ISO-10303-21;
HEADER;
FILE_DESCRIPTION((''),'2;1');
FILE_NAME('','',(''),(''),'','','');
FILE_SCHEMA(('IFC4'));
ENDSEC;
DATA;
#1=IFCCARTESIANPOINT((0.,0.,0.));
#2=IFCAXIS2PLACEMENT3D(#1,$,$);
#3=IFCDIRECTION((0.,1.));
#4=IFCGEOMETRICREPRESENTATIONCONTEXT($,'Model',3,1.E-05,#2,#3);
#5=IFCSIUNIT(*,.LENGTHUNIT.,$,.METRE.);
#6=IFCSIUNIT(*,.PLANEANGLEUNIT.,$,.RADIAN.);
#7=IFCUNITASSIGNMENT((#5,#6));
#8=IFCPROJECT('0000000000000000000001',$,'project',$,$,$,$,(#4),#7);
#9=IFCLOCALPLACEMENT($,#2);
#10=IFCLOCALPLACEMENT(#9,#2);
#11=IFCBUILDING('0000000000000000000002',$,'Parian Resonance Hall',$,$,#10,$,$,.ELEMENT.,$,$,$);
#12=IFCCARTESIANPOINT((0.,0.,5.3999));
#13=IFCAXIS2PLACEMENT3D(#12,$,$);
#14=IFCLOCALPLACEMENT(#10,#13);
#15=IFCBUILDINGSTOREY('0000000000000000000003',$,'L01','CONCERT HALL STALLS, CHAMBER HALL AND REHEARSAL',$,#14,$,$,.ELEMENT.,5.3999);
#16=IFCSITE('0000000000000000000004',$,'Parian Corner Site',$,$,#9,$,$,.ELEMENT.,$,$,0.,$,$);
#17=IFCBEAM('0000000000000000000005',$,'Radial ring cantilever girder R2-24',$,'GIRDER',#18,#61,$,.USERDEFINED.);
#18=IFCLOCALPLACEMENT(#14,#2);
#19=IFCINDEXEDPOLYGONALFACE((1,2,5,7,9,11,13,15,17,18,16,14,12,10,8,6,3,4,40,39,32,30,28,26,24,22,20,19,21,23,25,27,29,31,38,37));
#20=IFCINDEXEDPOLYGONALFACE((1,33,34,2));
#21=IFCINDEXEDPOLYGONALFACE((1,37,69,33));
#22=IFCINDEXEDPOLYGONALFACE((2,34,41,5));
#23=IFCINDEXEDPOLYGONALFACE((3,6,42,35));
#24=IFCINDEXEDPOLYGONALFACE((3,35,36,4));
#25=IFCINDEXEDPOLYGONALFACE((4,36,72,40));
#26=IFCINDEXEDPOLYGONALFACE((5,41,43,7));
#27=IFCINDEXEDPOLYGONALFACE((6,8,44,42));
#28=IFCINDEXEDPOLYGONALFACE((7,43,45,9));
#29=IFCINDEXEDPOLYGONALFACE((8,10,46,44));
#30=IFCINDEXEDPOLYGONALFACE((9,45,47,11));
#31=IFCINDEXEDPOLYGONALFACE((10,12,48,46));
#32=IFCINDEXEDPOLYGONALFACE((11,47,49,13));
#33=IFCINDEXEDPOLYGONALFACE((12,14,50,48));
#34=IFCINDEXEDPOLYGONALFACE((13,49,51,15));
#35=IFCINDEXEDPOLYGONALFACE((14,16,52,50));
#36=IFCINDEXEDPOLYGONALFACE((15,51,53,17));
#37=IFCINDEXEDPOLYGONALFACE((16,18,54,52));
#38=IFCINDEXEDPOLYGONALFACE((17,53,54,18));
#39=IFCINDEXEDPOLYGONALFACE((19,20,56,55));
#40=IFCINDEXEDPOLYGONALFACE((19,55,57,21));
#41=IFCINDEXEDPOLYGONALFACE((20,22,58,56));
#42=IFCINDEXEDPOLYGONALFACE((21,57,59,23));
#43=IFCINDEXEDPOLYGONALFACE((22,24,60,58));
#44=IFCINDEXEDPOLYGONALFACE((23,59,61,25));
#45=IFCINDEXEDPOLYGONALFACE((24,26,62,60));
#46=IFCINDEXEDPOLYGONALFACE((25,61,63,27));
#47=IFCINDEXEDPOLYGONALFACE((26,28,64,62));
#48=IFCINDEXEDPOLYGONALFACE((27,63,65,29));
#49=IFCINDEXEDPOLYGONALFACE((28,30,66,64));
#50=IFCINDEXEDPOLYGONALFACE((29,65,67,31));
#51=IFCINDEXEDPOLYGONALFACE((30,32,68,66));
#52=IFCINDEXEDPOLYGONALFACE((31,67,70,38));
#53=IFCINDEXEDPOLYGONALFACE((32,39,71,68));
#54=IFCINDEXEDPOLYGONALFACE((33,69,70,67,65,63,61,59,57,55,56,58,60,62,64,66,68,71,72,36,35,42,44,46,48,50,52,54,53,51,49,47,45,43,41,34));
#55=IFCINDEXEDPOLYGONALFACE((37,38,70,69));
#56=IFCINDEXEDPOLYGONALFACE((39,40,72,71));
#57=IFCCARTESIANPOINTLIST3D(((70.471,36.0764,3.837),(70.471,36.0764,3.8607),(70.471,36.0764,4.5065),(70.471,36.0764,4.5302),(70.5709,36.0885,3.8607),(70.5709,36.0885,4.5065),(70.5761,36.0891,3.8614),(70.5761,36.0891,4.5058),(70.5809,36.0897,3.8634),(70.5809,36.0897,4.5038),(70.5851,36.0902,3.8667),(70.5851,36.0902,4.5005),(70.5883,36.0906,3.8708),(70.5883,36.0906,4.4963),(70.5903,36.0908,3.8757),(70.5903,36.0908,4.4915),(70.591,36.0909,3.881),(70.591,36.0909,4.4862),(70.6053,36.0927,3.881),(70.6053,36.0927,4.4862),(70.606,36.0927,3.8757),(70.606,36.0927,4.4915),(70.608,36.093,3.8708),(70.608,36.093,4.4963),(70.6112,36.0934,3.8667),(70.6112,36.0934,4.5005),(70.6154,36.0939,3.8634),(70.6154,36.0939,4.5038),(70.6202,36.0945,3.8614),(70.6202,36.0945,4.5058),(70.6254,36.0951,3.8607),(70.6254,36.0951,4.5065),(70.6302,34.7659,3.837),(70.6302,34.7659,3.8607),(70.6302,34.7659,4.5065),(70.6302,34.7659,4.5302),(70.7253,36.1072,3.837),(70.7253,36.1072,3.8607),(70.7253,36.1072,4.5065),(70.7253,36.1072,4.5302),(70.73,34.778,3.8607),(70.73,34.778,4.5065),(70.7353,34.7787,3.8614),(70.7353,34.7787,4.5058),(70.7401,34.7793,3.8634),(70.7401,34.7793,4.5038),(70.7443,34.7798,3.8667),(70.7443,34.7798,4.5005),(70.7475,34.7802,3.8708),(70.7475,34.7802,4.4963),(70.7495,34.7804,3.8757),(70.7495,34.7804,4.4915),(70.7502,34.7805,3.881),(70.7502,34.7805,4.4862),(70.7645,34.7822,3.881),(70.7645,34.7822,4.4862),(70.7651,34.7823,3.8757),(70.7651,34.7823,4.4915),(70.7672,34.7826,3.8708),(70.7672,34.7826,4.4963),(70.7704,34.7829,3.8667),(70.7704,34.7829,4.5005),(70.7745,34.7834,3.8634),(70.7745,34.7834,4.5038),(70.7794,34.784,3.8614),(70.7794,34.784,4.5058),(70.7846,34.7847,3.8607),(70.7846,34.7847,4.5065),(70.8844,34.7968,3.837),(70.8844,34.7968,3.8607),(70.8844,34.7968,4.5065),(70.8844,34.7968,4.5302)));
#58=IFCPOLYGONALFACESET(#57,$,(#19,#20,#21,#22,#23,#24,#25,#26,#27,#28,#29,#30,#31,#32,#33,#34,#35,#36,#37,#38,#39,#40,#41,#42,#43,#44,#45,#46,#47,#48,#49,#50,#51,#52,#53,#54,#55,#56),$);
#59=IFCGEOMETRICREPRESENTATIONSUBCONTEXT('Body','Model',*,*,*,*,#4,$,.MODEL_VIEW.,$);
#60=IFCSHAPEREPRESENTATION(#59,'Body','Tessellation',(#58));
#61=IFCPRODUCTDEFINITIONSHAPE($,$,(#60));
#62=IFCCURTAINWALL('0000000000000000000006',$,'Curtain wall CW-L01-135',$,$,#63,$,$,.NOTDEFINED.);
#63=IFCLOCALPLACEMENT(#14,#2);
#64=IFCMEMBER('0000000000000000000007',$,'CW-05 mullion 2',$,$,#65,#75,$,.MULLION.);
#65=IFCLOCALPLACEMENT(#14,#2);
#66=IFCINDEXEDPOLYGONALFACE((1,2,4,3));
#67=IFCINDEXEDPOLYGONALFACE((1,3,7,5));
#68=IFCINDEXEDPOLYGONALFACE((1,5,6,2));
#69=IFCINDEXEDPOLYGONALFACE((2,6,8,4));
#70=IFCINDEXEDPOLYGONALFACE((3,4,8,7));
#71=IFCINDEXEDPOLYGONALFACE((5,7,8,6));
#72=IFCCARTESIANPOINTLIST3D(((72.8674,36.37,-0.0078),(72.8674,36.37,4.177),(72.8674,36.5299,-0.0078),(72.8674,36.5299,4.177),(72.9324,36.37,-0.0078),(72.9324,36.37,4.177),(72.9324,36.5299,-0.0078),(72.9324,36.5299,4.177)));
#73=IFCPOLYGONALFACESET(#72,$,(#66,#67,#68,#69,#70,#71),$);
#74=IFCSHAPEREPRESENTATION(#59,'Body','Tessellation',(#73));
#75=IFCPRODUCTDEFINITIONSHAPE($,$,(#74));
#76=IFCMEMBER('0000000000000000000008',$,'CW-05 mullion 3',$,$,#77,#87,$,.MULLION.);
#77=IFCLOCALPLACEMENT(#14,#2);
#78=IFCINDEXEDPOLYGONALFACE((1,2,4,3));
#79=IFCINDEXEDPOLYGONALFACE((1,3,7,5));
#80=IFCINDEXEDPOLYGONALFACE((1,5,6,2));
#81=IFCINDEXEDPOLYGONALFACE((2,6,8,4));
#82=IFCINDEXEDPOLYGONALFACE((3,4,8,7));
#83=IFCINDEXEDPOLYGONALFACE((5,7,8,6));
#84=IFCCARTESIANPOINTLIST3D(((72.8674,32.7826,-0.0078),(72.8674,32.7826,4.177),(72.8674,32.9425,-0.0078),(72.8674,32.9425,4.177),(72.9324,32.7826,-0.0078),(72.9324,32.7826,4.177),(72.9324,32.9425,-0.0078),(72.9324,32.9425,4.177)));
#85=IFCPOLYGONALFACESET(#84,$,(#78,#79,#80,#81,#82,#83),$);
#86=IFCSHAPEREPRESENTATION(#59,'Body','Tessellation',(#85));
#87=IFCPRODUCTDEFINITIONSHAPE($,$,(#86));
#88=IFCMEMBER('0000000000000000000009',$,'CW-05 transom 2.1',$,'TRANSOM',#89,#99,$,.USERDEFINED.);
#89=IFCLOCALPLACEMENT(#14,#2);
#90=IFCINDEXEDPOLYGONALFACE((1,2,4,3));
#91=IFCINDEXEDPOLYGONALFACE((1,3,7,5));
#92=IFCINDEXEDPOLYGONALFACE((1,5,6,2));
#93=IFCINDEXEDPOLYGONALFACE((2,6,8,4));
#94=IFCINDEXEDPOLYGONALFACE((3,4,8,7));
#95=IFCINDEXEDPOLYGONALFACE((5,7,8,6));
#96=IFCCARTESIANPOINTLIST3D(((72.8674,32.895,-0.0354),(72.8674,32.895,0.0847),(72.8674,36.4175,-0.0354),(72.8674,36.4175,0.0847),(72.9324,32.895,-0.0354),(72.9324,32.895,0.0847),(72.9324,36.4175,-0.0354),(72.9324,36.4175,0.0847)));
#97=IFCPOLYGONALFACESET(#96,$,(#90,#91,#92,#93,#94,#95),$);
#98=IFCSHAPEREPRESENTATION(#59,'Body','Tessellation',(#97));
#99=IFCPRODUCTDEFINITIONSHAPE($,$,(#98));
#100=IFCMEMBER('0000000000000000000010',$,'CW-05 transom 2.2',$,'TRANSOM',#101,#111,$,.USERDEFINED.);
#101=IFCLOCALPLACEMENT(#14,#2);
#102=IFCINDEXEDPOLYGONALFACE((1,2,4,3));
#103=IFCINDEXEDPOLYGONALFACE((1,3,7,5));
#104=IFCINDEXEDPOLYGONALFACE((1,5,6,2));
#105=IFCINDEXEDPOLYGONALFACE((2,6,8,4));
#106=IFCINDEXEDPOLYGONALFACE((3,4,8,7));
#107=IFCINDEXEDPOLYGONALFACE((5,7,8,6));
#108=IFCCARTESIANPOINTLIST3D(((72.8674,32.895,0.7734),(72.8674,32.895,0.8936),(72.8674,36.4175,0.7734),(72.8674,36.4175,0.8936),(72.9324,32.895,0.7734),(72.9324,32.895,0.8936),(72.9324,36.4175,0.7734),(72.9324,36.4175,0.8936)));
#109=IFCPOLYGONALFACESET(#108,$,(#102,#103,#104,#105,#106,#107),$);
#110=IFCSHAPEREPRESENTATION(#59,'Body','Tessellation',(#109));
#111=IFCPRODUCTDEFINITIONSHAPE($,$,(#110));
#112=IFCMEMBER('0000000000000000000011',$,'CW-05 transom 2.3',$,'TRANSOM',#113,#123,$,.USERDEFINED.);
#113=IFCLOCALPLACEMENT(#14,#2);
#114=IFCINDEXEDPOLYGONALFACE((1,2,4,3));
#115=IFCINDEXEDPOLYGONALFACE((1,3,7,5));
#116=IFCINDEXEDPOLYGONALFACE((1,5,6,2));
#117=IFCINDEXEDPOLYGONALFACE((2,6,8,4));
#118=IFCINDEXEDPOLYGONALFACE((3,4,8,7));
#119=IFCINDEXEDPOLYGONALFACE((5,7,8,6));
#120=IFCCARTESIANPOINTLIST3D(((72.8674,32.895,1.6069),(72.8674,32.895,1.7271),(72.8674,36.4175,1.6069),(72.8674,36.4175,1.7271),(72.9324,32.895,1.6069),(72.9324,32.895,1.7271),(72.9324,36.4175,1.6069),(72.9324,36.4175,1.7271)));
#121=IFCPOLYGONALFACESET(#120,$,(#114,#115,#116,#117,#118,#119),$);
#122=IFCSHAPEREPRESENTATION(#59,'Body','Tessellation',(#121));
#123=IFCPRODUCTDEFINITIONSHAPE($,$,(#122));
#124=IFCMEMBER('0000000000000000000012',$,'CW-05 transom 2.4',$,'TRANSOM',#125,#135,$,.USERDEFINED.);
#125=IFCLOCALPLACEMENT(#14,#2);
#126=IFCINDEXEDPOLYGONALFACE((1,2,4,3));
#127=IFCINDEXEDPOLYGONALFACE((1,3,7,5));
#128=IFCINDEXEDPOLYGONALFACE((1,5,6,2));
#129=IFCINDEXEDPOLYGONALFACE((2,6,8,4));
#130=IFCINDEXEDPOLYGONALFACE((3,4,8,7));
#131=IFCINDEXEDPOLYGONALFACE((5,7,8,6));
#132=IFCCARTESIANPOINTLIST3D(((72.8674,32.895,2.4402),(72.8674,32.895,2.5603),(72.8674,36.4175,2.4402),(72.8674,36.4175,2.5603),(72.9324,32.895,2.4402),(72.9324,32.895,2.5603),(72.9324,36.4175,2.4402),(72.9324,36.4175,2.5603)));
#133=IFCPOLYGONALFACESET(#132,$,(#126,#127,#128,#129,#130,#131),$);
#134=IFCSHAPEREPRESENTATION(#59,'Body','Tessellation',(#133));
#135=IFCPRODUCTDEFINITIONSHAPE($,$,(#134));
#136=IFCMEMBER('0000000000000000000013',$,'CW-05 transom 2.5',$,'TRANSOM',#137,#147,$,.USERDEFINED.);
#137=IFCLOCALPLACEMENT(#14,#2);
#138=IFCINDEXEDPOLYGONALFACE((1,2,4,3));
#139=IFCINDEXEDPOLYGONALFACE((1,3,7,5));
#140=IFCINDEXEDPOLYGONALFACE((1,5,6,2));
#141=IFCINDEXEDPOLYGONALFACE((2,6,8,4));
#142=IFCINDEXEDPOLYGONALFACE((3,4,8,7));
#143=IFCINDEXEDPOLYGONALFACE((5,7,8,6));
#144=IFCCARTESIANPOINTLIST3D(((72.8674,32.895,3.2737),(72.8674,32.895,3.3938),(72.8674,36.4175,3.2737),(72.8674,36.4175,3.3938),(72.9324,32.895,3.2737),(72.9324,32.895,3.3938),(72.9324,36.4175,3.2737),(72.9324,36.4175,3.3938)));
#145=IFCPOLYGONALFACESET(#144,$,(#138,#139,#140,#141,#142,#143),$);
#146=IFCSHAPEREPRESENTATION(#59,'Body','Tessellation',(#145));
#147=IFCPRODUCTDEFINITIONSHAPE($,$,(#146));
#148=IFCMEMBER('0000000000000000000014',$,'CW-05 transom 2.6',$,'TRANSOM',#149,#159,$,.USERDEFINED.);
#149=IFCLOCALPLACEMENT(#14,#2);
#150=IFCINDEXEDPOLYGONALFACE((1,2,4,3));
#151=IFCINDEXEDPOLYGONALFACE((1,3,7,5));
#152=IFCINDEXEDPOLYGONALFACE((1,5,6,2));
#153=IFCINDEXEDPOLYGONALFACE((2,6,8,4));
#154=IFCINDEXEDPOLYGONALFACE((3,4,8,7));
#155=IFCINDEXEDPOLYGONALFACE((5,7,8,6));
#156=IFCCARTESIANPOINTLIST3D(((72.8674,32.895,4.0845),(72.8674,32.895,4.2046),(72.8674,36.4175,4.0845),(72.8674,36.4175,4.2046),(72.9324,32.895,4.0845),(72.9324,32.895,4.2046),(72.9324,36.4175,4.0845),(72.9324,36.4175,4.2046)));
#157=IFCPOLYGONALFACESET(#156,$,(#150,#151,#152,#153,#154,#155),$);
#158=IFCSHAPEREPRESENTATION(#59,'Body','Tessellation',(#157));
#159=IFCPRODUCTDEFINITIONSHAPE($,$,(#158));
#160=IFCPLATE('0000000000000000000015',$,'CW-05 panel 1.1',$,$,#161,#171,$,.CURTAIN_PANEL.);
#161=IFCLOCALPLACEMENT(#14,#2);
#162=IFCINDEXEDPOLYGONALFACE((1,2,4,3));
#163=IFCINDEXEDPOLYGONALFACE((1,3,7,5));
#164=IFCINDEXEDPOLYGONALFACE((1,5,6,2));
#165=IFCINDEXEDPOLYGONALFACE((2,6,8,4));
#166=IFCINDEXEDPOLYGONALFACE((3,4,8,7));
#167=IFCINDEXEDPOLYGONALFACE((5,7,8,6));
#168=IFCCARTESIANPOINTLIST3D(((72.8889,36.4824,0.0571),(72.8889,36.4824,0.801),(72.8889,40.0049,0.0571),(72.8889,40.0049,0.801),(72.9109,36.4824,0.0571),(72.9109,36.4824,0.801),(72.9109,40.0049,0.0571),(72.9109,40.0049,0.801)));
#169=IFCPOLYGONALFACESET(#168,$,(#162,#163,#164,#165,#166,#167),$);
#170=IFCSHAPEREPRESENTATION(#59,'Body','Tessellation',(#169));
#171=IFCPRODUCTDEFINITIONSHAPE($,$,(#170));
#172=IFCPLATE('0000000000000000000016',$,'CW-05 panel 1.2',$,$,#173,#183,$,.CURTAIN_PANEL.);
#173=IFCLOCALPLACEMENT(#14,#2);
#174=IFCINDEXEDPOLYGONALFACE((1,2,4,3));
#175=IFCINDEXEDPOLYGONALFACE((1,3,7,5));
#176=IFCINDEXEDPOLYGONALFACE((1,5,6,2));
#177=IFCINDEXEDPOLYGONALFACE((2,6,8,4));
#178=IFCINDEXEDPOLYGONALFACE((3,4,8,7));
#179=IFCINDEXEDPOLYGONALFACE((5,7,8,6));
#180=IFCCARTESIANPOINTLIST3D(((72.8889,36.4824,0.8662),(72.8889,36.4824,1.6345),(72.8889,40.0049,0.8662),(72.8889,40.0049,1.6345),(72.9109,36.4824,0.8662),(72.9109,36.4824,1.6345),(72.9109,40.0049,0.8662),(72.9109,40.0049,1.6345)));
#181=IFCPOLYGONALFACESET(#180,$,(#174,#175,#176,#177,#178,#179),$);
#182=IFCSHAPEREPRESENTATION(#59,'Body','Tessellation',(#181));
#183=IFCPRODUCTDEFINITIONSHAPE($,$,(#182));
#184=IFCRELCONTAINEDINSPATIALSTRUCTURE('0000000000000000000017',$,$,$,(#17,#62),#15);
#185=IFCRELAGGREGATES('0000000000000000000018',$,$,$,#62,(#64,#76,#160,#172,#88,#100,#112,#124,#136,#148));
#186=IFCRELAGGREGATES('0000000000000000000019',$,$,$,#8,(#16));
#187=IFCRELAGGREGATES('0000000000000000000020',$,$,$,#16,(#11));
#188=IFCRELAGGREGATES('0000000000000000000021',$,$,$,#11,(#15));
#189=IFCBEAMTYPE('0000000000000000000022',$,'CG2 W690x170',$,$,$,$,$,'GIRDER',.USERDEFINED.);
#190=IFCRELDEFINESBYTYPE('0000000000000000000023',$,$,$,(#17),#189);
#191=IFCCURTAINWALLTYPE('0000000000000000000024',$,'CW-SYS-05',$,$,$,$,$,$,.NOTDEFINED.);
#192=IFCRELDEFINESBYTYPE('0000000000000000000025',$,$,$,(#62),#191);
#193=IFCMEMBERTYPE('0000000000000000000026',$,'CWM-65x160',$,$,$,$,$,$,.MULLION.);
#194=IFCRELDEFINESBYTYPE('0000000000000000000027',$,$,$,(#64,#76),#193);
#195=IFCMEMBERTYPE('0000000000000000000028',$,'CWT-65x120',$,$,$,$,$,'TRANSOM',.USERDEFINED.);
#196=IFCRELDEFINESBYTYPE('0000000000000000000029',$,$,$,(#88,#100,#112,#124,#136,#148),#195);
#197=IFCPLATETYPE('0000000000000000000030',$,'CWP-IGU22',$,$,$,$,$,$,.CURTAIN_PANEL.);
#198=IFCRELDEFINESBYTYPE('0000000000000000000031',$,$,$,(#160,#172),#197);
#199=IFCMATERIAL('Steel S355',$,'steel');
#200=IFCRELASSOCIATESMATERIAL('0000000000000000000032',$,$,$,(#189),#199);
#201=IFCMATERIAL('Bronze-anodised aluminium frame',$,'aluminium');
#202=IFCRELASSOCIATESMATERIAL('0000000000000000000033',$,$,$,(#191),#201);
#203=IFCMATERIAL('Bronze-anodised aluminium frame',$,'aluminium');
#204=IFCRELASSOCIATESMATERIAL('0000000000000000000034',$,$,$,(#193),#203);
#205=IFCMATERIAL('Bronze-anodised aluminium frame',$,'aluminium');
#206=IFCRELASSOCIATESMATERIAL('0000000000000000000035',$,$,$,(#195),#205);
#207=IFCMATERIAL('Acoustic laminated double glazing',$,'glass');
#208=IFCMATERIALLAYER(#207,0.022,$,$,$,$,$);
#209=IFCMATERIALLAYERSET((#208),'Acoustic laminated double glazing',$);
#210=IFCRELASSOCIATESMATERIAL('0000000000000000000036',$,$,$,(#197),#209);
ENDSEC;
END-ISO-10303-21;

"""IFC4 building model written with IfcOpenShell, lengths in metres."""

from ifc_helpers import new_model, si_unit, direction, frame, origin, origin_2d, place, context, subcontext, project, spatial, rectangle, i_section, extrude, material, layer, layer_set, material_profile, profile_set, type_object, element, aggregate, save


model = new_model("IFC4")

# Units and contexts
model_context = context("Model", 3, precision=1e-05, world=origin(), true_north=direction((0.0, 1.0)))
body_context = subcontext(model_context, "Body", "Model", "MODEL_VIEW")
ifc_project = project(units=[si_unit("LENGTHUNIT", "METRE"), si_unit("PLANEANGLEUNIT", "RADIAN")], contexts=[model_context])

# Site, building, storey
site_placement = place(None, origin())
site = spatial("IfcSite", under=ifc_project, at=site_placement, Name="Parian Corner Site", CompositionType="ELEMENT", RefElevation=0.0)
building_placement = place(site_placement, origin())
building = spatial("IfcBuilding", under=site, at=building_placement, Name="Parian Resonance Hall", CompositionType="ELEMENT")
storey_placement = place(building_placement, frame((0.0, 0.0, 5.3999)))
storey = spatial("IfcBuildingStorey", under=building, at=storey_placement, Name="L01", Description="CONCERT HALL STALLS, CHAMBER HALL AND REHEARSAL", CompositionType="ELEMENT", Elevation=5.3999)

# Beam
ifc_material_1 = material(Name="Steel S355", Category="steel")
ifc_material_profile_1 = material_profile(ifc_material_1, i_section(OverallWidth=0.2561, OverallDepth=0.6931, WebThickness=0.0144, FlangeThickness=0.0237, FilletRadius=0.0203, at=origin_2d()), Name="W690x170")
ifc_profile_set_1 = profile_set([ifc_material_profile_1], Name="Steel S355")
beam_type_1 = type_object("IfcBeamType", Name="CG2 W690x170", ElementType="GIRDER", PredefinedType="USERDEFINED", material=ifc_profile_set_1)
beam_1_placement = place(storey_placement, frame((70.5981, 36.0918, 4.1836), z_axis=(0.120574, -0.992704, 0.0), x_axis=(0.992704, 0.120574, 0.0)))
element("IfcBeam", 1, at=beam_1_placement, inside=storey, type_object=beam_type_1, Name="Radial ring cantilever girder R2-24", ObjectType="GIRDER", PredefinedType="USERDEFINED", context=body_context, shape_type="SweptSolid", body=[
    extrude(i_section(OverallWidth=0.2561, OverallDepth=0.6931, WebThickness=0.0144, FlangeThickness=0.0237, FilletRadius=0.0203, at=origin_2d()), origin(), (0.0, 0.0, 1.0), 1.3201),
])

# Curtain wall, members, plates
ifc_material_2 = material(Name="Bronze-anodised aluminium frame", Category="aluminium")
curtain_wall_type = type_object("IfcCurtainWallType", Name="CW-SYS-05", PredefinedType="NOTDEFINED", material=ifc_material_2)
curtain_wall_placement = place(storey_placement, origin())
curtain_wall = element("IfcCurtainWall", 2, at=curtain_wall_placement, inside=storey, type_object=curtain_wall_type, Name="Curtain wall CW-L01-135", PredefinedType="NOTDEFINED")
ifc_material_3 = material(Name="Bronze-anodised aluminium frame", Category="aluminium")
ifc_material_profile_2 = material_profile(ifc_material_3, rectangle(XDim=0.0649, YDim=0.1599, at=origin_2d()), Name="CWM-65x160")
ifc_profile_set_2 = profile_set([ifc_material_profile_2], Name="Bronze-anodised aluminium frame")
member_type_1 = type_object("IfcMemberType", Name="CWM-65x160", PredefinedType="MULLION", material=ifc_profile_set_2)
member_1_placement = place(storey_placement, frame((72.8999, 36.45, -0.0078), z_axis=(0.0, 0.0, 1.0), x_axis=(1.0, 0.0, 0.0)))
member_1 = element("IfcMember", 3, at=member_1_placement, type_object=member_type_1, Name="CW-05 mullion 2", PredefinedType="MULLION", context=body_context, shape_type="SweptSolid", body=[
    extrude(rectangle(XDim=0.0649, YDim=0.1599, at=origin_2d()), origin(), (0.0, 0.0, 1.0), 4.1848),
])
member_2_placement = place(storey_placement, frame((72.8999, 32.8625, -0.0078), z_axis=(0.0, 0.0, 1.0), x_axis=(1.0, 0.0, 0.0)))
member_2 = element("IfcMember", 4, at=member_2_placement, type_object=member_type_1, Name="CW-05 mullion 3", PredefinedType="MULLION", context=body_context, shape_type="SweptSolid", body=[
    extrude(rectangle(XDim=0.0649, YDim=0.1599, at=origin_2d()), origin(), (0.0, 0.0, 1.0), 4.1848),
])
ifc_material_4 = material(Name="Bronze-anodised aluminium frame", Category="aluminium")
ifc_material_profile_3 = material_profile(ifc_material_4, rectangle(XDim=0.0649, YDim=0.1201, at=origin_2d()), Name="CWT-65x120")
ifc_profile_set_3 = profile_set([ifc_material_profile_3], Name="Bronze-anodised aluminium frame")
member_type_2 = type_object("IfcMemberType", Name="CWT-65x120", ElementType="TRANSOM", PredefinedType="USERDEFINED", material=ifc_profile_set_3)
member_3_placement = place(storey_placement, frame((72.8999, 36.4175, 0.0247), z_axis=(0.0, -1.0, 0.0), x_axis=(1.0, 0.0, 0.0)))
member_3 = element("IfcMember", 5, at=member_3_placement, type_object=member_type_2, Name="CW-05 transom 2.1", ObjectType="TRANSOM", PredefinedType="USERDEFINED", context=body_context, shape_type="SweptSolid", body=[
    extrude(rectangle(XDim=0.0649, YDim=0.1201, at=origin_2d()), origin(), (0.0, 0.0, 1.0), 3.5225),
])
member_4_placement = place(storey_placement, frame((72.8999, 36.4175, 0.8335), z_axis=(0.0, -1.0, 0.0), x_axis=(1.0, 0.0, 0.0)))
member_4 = element("IfcMember", 6, at=member_4_placement, type_object=member_type_2, Name="CW-05 transom 2.2", ObjectType="TRANSOM", PredefinedType="USERDEFINED", context=body_context, shape_type="SweptSolid", body=[
    extrude(rectangle(XDim=0.0649, YDim=0.1201, at=origin_2d()), origin(), (0.0, 0.0, 1.0), 3.5225),
])
member_5_placement = place(storey_placement, frame((72.8999, 36.4175, 1.667), z_axis=(0.0, -1.0, 0.0), x_axis=(1.0, 0.0, 0.0)))
member_5 = element("IfcMember", 7, at=member_5_placement, type_object=member_type_2, Name="CW-05 transom 2.3", ObjectType="TRANSOM", PredefinedType="USERDEFINED", context=body_context, shape_type="SweptSolid", body=[
    extrude(rectangle(XDim=0.0649, YDim=0.1201, at=origin_2d()), origin(), (0.0, 0.0, 1.0), 3.5225),
])
member_6_placement = place(storey_placement, frame((72.8999, 36.4175, 2.5002), z_axis=(0.0, -1.0, 0.0), x_axis=(1.0, 0.0, 0.0)))
member_6 = element("IfcMember", 8, at=member_6_placement, type_object=member_type_2, Name="CW-05 transom 2.4", ObjectType="TRANSOM", PredefinedType="USERDEFINED", context=body_context, shape_type="SweptSolid", body=[
    extrude(rectangle(XDim=0.0649, YDim=0.1201, at=origin_2d()), origin(), (0.0, 0.0, 1.0), 3.5225),
])
member_7_placement = place(storey_placement, frame((72.8999, 36.4175, 3.3337), z_axis=(0.0, -1.0, 0.0), x_axis=(1.0, 0.0, 0.0)))
member_7 = element("IfcMember", 9, at=member_7_placement, type_object=member_type_2, Name="CW-05 transom 2.5", ObjectType="TRANSOM", PredefinedType="USERDEFINED", context=body_context, shape_type="SweptSolid", body=[
    extrude(rectangle(XDim=0.0649, YDim=0.1201, at=origin_2d()), origin(), (0.0, 0.0, 1.0), 3.5225),
])
member_8_placement = place(storey_placement, frame((72.8999, 36.4175, 4.1445), z_axis=(0.0, -1.0, 0.0), x_axis=(1.0, 0.0, 0.0)))
member_8 = element("IfcMember", 10, at=member_8_placement, type_object=member_type_2, Name="CW-05 transom 2.6", ObjectType="TRANSOM", PredefinedType="USERDEFINED", context=body_context, shape_type="SweptSolid", body=[
    extrude(rectangle(XDim=0.0649, YDim=0.1201, at=origin_2d()), origin(), (0.0, 0.0, 1.0), 3.5225),
])
ifc_material_5 = material(Name="Acoustic laminated double glazing", Category="glass")
ifc_layer_1 = layer(ifc_material_5, 0.022)
ifc_layer_set_1 = layer_set([ifc_layer_1], Name="Acoustic laminated double glazing")
plate_type_1 = type_object("IfcPlateType", Name="CWP-IGU22", PredefinedType="CURTAIN_PANEL", material=ifc_layer_set_1)
plate_1_placement = place(storey_placement, frame((72.8999, 38.2437, 0.0571), z_axis=(0.0, 0.0, 1.0), x_axis=(0.0, -1.0, 0.0)))
plate_1 = element("IfcPlate", 11, at=plate_1_placement, type_object=plate_type_1, Name="CW-05 panel 1.1", PredefinedType="CURTAIN_PANEL", context=body_context, shape_type="SweptSolid", body=[
    extrude(rectangle(XDim=3.5225, YDim=0.022, at=origin_2d()), origin(), (0.0, 0.0, 1.0), 0.7439),
])
plate_2_placement = place(storey_placement, frame((72.8999, 38.2437, 0.8662), z_axis=(0.0, 0.0, 1.0), x_axis=(0.0, -1.0, 0.0)))
plate_2 = element("IfcPlate", 12, at=plate_2_placement, type_object=plate_type_1, Name="CW-05 panel 1.2", PredefinedType="CURTAIN_PANEL", context=body_context, shape_type="SweptSolid", body=[
    extrude(rectangle(XDim=3.5225, YDim=0.022, at=origin_2d()), origin(), (0.0, 0.0, 1.0), 0.7683),
])
aggregate(curtain_wall, [member_1, member_2, plate_1, plate_2, member_3, member_4, member_5, member_6, member_7, member_8])

save(model, "model.ifc")
